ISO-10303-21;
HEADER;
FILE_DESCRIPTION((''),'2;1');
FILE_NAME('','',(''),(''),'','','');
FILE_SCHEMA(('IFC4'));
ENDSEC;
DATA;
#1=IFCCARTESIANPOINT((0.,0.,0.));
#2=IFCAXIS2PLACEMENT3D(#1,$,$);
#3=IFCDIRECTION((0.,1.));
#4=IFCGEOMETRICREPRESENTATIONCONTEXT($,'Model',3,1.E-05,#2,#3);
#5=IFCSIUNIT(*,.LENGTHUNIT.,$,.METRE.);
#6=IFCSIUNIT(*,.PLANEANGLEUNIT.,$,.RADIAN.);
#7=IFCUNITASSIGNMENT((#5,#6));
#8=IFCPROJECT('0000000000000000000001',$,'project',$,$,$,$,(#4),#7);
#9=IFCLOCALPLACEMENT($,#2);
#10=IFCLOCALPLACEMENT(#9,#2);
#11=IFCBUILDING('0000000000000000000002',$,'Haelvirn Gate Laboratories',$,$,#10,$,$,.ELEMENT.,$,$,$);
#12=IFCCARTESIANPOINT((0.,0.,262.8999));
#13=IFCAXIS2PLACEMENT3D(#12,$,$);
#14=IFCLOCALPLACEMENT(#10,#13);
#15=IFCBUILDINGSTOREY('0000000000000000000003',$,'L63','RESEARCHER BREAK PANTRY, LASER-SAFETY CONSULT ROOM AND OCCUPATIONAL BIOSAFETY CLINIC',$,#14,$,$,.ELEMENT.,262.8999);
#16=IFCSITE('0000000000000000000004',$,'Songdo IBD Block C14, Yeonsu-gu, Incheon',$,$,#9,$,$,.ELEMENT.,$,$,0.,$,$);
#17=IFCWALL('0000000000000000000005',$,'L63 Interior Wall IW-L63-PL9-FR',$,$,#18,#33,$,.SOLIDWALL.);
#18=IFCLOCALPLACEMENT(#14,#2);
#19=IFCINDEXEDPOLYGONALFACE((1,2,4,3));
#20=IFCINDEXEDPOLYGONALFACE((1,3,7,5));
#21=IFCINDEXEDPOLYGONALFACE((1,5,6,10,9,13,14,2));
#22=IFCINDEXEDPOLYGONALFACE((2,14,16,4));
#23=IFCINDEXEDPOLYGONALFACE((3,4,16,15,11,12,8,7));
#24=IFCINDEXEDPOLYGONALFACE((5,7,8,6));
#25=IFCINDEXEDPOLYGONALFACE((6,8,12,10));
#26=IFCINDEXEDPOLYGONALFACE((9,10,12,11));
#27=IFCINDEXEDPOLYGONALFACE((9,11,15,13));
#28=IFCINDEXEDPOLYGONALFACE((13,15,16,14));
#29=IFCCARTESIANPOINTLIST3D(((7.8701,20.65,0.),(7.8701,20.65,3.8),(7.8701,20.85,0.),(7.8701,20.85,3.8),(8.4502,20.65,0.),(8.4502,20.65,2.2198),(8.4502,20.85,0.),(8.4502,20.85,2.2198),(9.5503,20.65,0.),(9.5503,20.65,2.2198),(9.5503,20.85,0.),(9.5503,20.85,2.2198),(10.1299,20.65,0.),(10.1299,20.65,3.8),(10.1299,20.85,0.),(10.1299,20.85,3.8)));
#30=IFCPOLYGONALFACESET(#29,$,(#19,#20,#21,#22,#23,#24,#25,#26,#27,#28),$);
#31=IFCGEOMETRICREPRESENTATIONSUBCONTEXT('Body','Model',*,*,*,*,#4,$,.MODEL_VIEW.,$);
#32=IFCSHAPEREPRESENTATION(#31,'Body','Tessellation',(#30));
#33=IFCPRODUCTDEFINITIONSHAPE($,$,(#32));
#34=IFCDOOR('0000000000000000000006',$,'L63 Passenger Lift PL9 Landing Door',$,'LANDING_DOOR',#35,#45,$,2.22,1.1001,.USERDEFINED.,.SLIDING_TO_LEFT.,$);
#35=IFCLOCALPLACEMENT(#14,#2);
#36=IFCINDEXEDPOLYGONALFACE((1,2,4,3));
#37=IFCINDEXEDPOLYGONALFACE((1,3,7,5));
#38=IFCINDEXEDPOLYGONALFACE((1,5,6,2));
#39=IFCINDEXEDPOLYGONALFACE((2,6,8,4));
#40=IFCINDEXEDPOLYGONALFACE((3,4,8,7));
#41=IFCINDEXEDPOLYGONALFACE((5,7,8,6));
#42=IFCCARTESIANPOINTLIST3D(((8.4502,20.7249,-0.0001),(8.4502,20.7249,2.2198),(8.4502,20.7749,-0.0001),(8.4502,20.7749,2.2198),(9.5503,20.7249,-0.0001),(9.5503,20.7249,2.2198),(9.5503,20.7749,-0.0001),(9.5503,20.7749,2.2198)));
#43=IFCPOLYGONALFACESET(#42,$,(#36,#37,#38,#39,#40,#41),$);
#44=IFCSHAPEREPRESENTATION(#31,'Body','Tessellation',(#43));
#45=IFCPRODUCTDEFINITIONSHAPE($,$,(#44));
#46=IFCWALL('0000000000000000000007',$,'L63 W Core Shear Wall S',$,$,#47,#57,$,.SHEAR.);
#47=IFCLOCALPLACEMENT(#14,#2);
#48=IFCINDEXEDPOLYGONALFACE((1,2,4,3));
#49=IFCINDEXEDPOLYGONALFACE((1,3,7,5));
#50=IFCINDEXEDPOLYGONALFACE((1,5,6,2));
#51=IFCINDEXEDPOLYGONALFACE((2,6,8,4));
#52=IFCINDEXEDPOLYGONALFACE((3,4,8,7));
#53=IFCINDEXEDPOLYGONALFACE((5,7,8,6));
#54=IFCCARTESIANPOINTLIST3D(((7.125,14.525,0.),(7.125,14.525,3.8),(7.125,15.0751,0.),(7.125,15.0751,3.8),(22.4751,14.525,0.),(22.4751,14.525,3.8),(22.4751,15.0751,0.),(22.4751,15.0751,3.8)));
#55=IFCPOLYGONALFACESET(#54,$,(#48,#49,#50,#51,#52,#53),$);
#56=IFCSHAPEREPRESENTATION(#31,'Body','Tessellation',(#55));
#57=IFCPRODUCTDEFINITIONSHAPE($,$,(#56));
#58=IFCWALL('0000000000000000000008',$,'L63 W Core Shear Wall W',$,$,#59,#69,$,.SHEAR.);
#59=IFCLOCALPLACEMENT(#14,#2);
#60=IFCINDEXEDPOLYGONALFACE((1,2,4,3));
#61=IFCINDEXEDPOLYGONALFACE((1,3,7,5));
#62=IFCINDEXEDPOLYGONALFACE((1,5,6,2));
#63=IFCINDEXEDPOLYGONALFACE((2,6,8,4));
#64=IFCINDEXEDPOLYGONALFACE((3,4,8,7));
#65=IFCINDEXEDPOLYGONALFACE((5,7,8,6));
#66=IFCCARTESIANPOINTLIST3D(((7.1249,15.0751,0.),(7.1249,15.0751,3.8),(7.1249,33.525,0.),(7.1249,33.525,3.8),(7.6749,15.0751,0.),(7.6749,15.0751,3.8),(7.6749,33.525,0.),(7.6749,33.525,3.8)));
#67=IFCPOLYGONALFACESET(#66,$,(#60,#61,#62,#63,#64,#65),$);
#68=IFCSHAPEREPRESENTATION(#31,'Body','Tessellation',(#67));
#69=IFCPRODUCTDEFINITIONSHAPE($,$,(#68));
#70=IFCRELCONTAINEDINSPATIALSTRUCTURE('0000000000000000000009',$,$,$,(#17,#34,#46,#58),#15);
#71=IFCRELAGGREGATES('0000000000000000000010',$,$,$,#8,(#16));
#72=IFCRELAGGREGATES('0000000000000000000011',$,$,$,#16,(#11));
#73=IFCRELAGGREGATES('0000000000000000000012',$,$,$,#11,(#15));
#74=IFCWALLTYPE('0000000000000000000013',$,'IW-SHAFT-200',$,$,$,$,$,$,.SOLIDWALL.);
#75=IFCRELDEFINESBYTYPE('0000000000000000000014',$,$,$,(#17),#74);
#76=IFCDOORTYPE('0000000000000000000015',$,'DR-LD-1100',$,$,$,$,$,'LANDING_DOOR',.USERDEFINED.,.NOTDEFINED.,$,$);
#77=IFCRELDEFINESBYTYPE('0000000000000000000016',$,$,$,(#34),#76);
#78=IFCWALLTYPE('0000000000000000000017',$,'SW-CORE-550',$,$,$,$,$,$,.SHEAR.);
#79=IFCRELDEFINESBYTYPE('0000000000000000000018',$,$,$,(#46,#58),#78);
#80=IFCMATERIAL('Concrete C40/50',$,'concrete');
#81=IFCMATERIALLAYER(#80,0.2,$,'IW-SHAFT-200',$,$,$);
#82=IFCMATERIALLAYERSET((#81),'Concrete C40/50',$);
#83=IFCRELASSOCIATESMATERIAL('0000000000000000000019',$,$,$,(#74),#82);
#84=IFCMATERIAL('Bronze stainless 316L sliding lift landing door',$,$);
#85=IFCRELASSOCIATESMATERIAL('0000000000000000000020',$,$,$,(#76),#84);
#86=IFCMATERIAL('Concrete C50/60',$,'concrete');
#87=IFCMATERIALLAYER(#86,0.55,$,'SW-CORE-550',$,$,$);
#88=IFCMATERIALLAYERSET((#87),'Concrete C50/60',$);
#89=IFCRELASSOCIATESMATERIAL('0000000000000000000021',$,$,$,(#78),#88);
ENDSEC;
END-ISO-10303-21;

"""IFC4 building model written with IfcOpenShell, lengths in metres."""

from ifc_helpers import new_model, si_unit, direction, frame, frame_2d, origin, place, context, subcontext, project, spatial, rectangle, extrude, source, transform, mapped, material, layer, layer_set, type_object, type_shapes, element, fill, save


model = new_model("IFC4")

# Units and contexts
model_context = context("Model", 3, precision=1e-05, world=origin(), true_north=direction((0.0, 1.0)))
body_context = subcontext(model_context, "Body", "Model", "MODEL_VIEW")
ifc_project = project(units=[si_unit("LENGTHUNIT", "METRE"), si_unit("PLANEANGLEUNIT", "RADIAN")], contexts=[model_context])

# Site, building, storey
site_placement = place(None, origin())
site = spatial("IfcSite", under=ifc_project, at=site_placement, Name="Songdo IBD Block C14, Yeonsu-gu, Incheon", CompositionType="ELEMENT", RefElevation=0.0)
building_placement = place(site_placement, origin())
building = spatial("IfcBuilding", under=site, at=building_placement, Name="Haelvirn Gate Laboratories", CompositionType="ELEMENT")
storey_placement = place(building_placement, frame((0.0, 0.0, 262.8999)))
storey = spatial("IfcBuildingStorey", under=building, at=storey_placement, Name="L63", Description="RESEARCHER BREAK PANTRY, LASER-SAFETY CONSULT ROOM AND OCCUPATIONAL BIOSAFETY CLINIC", CompositionType="ELEMENT", Elevation=262.8999)

# Shared definitions
ifc_material_1 = material(Name="Concrete C50/60", Category="concrete")

# Shared definitions
ifc_material_2 = material(Name="Concrete C40/50", Category="concrete")

# Wall, opening, door
ifc_layer_1 = layer(ifc_material_2, 0.2, Name="IW-SHAFT-200")
ifc_layer_set_1 = layer_set([ifc_layer_1], Name="Concrete C40/50")
wall_type_1 = type_object("IfcWallType", Name="IW-SHAFT-200", PredefinedType="SOLIDWALL", material=ifc_layer_set_1)
wall_1_placement = place(storey_placement, frame((7.8701, 20.75, 0.0), z_axis=(0.0, 0.0, 1.0), x_axis=(1.0, 0.0, 0.0)))
wall_1 = element("IfcWall", 1, at=wall_1_placement, inside=storey, type_object=wall_type_1, Name="L63 Interior Wall IW-L63-PL9-FR", PredefinedType="SOLIDWALL", context=body_context, shape_type="SweptSolid", body=[
    extrude(rectangle(XDim=2.2598, YDim=0.2, at=frame_2d((1.1299, 0.0))), origin(), (0.0, 0.0, 1.0), 3.8),
])
opening_1_placement = place(wall_1_placement, frame((0.5801, 0.0, 0.0)))
opening_1 = element("IfcOpeningElement", 2, at=opening_1_placement, cuts=wall_1, PredefinedType="OPENING", context=body_context, shape_type="SweptSolid", body=[
    extrude(rectangle(XDim=1.1001, YDim=2.22, at=frame_2d((0.55, 1.1099))), frame((0.0, 0.1099, 0.0), z_axis=(0.0, -1.0, 0.0), x_axis=(1.0, 0.0, 0.0)), (0.0, 0.0, 1.0), 0.22),
])
ifc_material_3 = material(Name="Bronze stainless 316L sliding lift landing door")
door_type_1 = type_object("IfcDoorType", Name="DR-LD-1100", ElementType="LANDING_DOOR", OperationType="NOTDEFINED", PredefinedType="USERDEFINED", material=ifc_material_3)
shared_shape_1 = source(origin(), body_context, "Body", "SweptSolid", [
    extrude(rectangle(XDim=1.1001, YDim=2.22, at=frame_2d((0.55, 1.1099))), frame((0.0, 0.0249, 0.0), z_axis=(0.0, -1.0, 0.0), x_axis=(1.0, 0.0, 0.0)), (0.0, 0.0, 1.0), 0.05),
])
type_shapes(door_type_1, [shared_shape_1])
door_1_placement = place(opening_1_placement, origin())
door_1 = element("IfcDoor", 3, at=door_1_placement, inside=storey, type_object=door_type_1, Name="L63 Passenger Lift PL9 Landing Door", ObjectType="LANDING_DOOR", OperationType="SLIDING_TO_LEFT", OverallHeight=2.22, OverallWidth=1.1001, PredefinedType="USERDEFINED", context=body_context, shape_type="MappedRepresentation", body=[
    mapped(shared_shape_1, transform((0.0, 0.0, 0.0), scale=1.0)),
])
fill(opening_1, door_1)

# Walls
ifc_layer_2 = layer(ifc_material_1, 0.55, Name="SW-CORE-550")
ifc_layer_set_2 = layer_set([ifc_layer_2], Name="Concrete C50/60")
wall_type_2 = type_object("IfcWallType", Name="SW-CORE-550", PredefinedType="SHEAR", material=ifc_layer_set_2)
wall_2_placement = place(storey_placement, frame((7.125, 14.8, 0.0), z_axis=(0.0, 0.0, 1.0), x_axis=(1.0, 0.0, 0.0)))
element("IfcWall", 4, at=wall_2_placement, inside=storey, type_object=wall_type_2, Name="L63 W Core Shear Wall S", PredefinedType="SHEAR", context=body_context, shape_type="SweptSolid", body=[
    extrude(rectangle(XDim=15.3501, YDim=0.55, at=frame_2d((7.675, 0.0))), origin(), (0.0, 0.0, 1.0), 3.8),
])
wall_3_placement = place(storey_placement, frame((7.3999, 15.075, 0.0), z_axis=(0.0, 0.0, 1.0), x_axis=(0.0, 1.0, 0.0)))
element("IfcWall", 5, at=wall_3_placement, inside=storey, type_object=wall_type_2, Name="L63 W Core Shear Wall W", PredefinedType="SHEAR", context=body_context, shape_type="SweptSolid", body=[
    extrude(rectangle(XDim=18.45, YDim=0.55, at=frame_2d((9.2251, 0.0))), origin(), (0.0, 0.0, 1.0), 3.8),
])

save(model, "model.ifc")
